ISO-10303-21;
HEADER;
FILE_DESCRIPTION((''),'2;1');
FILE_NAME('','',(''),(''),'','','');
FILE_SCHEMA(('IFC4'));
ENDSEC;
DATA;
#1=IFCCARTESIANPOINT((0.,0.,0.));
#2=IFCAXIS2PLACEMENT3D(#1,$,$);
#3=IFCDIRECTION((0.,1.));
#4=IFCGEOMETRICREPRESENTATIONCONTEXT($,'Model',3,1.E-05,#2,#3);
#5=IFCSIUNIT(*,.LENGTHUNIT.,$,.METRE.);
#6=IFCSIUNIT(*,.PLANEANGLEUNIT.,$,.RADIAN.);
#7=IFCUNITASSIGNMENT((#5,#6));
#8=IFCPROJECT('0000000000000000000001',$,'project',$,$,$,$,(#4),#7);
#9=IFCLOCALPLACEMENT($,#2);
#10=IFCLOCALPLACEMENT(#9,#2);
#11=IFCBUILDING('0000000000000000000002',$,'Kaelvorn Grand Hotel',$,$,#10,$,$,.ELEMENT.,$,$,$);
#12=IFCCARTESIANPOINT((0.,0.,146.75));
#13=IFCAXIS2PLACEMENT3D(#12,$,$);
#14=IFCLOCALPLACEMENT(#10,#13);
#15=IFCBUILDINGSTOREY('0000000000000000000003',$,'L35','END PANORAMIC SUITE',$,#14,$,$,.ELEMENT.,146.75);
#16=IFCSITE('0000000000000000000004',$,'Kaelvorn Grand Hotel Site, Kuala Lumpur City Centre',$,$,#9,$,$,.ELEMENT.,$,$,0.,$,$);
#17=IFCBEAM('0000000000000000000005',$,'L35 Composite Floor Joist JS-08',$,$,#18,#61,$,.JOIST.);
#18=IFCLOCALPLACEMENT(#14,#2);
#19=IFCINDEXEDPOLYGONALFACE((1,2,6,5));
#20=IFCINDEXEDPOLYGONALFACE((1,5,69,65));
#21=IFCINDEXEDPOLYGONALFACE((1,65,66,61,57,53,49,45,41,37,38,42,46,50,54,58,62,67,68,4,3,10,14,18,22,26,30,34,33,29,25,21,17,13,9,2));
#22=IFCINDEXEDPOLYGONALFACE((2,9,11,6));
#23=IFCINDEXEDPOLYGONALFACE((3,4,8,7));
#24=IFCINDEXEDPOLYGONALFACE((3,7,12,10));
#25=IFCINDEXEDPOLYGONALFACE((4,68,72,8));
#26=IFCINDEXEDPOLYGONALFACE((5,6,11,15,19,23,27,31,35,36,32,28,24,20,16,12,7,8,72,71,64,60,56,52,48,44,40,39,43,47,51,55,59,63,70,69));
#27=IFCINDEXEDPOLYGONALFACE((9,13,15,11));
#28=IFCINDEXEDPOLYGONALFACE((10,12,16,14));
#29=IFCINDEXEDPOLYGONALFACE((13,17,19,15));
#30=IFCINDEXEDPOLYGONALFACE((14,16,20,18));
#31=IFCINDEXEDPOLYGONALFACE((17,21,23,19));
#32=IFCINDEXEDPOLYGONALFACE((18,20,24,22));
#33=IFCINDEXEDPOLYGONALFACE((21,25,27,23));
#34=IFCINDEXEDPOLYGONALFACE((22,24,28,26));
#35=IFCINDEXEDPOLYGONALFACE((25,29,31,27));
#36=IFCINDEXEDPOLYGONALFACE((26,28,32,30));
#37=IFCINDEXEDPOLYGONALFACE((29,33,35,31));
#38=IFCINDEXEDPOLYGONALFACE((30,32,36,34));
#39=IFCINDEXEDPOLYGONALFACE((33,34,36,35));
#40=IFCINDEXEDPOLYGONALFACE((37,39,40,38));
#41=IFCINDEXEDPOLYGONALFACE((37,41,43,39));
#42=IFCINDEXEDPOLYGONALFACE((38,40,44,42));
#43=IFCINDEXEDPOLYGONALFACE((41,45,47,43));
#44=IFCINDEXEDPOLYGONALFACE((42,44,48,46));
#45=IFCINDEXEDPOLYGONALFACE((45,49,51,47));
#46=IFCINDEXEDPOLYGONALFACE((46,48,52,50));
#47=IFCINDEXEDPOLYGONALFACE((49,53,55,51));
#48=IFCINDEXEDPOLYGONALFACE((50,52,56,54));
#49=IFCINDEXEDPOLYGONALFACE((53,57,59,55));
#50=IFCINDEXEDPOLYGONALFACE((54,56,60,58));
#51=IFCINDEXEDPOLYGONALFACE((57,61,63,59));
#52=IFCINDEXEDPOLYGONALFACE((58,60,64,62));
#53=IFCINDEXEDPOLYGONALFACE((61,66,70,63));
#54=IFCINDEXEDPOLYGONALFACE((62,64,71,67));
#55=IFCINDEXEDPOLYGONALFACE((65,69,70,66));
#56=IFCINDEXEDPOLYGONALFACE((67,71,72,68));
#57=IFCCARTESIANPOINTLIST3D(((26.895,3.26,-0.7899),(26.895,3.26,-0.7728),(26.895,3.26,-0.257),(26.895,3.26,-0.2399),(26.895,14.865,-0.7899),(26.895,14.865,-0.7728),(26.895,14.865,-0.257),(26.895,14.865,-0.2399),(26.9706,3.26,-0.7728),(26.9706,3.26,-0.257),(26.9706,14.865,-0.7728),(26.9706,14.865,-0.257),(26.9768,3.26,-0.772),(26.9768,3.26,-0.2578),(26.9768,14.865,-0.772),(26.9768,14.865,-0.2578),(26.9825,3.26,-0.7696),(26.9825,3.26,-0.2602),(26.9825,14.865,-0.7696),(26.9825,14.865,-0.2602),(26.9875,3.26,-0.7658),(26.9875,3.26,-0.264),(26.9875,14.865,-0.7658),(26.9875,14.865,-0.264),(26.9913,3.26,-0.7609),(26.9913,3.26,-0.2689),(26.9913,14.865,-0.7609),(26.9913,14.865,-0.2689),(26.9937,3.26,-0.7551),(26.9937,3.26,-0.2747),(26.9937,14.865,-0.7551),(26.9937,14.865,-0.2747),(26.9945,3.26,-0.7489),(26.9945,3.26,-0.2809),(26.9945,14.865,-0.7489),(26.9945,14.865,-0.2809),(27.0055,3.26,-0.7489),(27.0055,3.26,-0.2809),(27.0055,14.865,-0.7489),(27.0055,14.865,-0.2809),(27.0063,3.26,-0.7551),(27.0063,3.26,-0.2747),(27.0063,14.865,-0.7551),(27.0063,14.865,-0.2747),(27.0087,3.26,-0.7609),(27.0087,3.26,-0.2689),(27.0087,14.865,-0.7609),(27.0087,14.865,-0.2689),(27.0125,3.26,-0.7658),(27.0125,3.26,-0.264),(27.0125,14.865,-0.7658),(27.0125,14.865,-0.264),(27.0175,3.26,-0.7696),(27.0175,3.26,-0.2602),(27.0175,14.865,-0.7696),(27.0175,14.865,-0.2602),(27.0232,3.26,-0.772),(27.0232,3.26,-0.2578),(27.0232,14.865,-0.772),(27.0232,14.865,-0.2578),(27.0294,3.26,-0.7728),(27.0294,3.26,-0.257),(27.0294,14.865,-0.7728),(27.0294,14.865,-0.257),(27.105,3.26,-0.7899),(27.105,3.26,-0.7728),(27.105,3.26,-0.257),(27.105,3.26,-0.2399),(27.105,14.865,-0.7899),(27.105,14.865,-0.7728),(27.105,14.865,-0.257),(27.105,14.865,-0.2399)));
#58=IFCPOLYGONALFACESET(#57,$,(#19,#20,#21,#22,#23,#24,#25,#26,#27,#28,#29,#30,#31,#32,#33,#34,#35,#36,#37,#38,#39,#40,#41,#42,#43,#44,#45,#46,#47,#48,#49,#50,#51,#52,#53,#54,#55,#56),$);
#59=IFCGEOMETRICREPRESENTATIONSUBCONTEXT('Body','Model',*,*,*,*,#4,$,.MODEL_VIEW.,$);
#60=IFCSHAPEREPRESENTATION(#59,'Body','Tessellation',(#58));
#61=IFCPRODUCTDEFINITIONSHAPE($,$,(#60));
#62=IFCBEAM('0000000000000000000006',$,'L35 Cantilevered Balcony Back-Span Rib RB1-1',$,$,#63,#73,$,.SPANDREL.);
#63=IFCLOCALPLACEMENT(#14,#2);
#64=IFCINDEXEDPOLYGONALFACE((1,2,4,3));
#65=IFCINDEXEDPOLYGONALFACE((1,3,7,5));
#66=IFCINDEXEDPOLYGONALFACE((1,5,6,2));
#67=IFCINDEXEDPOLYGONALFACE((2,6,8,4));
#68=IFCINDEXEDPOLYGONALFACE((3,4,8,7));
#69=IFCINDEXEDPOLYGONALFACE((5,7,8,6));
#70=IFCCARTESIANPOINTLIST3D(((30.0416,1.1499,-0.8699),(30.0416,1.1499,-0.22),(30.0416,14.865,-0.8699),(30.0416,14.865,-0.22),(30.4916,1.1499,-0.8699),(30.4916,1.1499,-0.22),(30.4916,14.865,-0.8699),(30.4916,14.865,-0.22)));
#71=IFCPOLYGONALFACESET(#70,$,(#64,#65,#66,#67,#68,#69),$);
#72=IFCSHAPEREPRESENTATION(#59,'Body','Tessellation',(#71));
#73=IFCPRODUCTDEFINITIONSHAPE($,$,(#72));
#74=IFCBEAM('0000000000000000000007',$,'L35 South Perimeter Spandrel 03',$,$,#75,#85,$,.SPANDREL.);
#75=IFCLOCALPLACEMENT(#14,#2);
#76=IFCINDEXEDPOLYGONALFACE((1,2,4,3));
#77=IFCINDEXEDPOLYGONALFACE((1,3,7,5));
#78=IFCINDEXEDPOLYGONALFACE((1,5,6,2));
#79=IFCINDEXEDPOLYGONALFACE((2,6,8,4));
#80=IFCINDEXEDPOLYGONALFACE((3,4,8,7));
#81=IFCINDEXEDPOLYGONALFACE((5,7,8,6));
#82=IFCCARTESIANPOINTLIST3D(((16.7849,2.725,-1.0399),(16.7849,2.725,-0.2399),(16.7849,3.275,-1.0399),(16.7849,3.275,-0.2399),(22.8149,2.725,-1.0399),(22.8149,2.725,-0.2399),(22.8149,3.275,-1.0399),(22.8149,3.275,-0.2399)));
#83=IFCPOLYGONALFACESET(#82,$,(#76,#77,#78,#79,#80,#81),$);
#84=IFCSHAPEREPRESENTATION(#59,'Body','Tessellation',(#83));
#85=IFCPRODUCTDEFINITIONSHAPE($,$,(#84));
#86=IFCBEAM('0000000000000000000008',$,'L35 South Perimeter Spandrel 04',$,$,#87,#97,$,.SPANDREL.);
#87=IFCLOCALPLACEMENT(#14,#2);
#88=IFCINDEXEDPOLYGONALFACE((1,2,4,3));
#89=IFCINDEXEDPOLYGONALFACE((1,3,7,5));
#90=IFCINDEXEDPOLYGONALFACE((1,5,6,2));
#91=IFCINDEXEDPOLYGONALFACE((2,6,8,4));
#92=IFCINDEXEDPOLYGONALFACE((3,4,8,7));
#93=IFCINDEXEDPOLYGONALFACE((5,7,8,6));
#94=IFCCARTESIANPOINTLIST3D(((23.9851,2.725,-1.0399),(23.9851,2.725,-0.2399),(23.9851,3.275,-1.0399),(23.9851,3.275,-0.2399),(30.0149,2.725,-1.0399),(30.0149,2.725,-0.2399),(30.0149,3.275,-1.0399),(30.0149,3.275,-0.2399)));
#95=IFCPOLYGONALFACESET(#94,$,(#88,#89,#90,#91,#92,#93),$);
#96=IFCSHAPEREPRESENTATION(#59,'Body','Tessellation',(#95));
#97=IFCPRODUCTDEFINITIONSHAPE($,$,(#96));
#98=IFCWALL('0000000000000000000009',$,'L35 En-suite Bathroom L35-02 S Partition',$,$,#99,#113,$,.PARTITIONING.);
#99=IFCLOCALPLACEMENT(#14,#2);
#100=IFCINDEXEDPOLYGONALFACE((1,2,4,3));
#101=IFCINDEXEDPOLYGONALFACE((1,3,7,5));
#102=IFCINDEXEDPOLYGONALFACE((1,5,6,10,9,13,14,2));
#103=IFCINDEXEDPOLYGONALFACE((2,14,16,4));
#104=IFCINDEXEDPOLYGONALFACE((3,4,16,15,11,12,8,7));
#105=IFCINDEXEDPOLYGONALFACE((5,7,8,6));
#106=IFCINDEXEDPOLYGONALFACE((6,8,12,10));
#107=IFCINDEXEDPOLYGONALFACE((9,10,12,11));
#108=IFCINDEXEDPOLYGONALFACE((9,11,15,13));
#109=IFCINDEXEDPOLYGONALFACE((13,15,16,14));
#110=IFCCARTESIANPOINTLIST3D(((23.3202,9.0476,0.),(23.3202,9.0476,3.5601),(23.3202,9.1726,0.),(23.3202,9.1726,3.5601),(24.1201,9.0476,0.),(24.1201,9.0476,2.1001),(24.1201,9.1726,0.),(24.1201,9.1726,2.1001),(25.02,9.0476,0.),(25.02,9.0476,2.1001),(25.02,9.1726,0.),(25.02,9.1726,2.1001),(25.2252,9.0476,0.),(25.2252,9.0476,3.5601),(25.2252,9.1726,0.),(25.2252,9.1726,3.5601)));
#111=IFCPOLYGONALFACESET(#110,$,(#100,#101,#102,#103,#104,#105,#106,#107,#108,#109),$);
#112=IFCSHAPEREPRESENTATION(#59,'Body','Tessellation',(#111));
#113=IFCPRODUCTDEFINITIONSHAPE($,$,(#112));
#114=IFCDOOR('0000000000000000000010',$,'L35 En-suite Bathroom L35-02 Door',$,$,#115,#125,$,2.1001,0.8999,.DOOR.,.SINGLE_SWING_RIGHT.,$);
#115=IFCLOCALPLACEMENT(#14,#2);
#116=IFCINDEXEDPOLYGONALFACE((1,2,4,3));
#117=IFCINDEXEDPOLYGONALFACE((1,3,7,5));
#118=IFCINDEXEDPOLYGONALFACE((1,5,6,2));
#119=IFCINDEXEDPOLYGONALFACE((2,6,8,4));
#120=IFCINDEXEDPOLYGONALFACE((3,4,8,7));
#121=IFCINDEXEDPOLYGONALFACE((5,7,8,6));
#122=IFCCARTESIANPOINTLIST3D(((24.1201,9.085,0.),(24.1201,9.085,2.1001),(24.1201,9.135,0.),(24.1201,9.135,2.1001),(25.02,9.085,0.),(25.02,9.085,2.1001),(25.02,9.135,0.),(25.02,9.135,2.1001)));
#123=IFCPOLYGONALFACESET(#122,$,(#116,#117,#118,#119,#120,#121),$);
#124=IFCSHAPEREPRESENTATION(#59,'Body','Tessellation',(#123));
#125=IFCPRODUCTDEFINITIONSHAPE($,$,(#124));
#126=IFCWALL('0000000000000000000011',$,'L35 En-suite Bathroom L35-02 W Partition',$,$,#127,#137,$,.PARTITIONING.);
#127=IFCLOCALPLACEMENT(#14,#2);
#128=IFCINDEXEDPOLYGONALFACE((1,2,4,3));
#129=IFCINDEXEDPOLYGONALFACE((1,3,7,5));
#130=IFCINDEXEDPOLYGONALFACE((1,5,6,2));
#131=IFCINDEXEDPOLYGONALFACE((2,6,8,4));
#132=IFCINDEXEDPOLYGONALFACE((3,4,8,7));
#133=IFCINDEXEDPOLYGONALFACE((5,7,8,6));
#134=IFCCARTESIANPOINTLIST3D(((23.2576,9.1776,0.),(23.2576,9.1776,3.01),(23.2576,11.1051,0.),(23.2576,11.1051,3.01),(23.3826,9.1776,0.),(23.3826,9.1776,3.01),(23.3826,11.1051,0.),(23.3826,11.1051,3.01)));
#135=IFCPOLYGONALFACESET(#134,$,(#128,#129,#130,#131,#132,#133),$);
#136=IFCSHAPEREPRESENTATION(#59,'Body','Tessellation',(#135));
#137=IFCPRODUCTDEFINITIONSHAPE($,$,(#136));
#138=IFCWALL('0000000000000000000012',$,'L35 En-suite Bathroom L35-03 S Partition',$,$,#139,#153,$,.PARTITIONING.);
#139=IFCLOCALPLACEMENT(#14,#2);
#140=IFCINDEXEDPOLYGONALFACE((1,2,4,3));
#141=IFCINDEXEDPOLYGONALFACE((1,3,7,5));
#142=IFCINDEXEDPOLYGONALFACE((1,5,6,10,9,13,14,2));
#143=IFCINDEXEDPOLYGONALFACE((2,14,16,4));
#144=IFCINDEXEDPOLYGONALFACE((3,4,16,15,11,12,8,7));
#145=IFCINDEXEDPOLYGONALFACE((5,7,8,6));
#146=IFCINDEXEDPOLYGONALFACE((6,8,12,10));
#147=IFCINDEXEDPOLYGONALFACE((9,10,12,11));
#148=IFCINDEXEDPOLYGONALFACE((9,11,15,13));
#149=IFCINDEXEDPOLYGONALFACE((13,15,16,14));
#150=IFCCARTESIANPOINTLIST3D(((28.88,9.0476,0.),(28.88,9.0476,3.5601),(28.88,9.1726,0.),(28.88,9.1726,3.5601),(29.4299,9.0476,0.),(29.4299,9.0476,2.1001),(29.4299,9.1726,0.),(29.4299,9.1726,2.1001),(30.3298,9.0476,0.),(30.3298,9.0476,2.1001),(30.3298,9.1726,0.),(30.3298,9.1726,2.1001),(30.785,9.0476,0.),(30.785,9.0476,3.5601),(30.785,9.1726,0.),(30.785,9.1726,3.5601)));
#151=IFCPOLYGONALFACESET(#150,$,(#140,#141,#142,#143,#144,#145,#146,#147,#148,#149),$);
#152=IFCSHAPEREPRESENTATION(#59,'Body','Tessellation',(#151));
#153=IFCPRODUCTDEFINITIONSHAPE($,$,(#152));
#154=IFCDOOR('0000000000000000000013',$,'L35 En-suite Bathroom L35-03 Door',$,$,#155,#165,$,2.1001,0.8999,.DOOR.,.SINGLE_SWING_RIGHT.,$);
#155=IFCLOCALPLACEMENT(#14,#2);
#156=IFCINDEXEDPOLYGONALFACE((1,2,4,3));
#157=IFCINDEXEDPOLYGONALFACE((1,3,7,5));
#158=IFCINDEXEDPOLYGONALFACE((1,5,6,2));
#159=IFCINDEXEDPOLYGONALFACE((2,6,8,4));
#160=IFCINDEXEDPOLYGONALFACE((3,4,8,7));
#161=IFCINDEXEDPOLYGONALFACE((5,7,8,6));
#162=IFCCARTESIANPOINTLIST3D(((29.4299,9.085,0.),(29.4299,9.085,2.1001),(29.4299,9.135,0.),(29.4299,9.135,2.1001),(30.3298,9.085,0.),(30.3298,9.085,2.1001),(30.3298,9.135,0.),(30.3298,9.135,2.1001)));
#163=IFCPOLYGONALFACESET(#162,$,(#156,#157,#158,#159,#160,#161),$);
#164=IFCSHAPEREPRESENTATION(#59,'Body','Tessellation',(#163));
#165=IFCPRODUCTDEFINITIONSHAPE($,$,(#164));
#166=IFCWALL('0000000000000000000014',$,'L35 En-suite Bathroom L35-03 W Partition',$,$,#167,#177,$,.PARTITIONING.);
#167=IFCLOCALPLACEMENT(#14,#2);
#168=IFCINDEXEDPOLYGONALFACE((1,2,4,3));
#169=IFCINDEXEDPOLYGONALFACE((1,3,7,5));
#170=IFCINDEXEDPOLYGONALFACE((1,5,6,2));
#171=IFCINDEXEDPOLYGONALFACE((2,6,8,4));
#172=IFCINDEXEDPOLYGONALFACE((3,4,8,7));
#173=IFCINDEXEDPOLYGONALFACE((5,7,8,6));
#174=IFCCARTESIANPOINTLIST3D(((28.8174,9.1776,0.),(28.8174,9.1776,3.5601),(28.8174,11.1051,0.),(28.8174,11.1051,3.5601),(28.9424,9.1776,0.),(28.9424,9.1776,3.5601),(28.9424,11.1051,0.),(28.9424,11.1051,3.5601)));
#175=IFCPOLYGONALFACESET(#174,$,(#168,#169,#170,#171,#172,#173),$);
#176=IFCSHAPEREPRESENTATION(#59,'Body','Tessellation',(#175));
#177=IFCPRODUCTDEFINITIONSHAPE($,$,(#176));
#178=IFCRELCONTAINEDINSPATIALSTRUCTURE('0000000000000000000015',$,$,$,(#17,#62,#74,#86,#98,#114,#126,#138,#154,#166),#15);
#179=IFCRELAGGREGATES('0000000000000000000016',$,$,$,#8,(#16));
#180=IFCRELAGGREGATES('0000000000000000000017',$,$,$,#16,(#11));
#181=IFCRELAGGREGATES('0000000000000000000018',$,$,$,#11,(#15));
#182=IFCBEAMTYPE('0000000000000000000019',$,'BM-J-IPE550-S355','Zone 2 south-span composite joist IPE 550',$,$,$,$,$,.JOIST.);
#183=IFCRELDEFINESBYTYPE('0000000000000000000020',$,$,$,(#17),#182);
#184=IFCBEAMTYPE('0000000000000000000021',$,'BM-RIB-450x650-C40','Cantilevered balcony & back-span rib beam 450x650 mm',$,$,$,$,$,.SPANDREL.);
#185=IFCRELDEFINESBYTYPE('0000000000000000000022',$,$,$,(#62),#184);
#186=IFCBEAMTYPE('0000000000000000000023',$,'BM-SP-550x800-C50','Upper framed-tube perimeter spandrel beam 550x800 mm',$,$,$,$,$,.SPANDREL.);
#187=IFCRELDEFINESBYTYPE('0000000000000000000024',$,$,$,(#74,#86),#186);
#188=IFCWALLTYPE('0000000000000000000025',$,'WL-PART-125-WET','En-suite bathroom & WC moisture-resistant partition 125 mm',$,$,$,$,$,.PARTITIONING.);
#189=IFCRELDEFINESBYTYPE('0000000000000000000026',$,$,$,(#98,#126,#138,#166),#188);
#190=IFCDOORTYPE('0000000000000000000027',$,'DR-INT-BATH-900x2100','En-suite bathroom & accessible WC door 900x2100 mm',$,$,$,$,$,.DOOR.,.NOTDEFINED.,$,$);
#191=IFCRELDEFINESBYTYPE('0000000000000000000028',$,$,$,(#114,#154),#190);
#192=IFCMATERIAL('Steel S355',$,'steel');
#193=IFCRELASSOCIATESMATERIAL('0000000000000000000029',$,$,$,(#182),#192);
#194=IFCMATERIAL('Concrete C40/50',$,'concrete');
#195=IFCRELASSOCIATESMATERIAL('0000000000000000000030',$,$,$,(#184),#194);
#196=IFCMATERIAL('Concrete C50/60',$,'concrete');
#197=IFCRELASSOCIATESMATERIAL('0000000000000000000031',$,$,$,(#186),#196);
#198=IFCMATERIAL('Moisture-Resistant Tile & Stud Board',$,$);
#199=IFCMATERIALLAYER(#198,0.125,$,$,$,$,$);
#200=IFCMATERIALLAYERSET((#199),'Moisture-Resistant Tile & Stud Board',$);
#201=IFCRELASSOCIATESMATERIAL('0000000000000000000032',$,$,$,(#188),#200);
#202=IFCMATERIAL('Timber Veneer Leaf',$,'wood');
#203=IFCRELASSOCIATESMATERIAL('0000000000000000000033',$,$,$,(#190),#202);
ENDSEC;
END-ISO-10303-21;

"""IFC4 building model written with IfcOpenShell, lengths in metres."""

from ifc_helpers import new_model, si_unit, direction, frame, frame_2d, origin, origin_2d, place, context, subcontext, project, spatial, rectangle, i_section, extrude, material, layer, layer_set, material_profile, profile_set, type_object, element, fill, save


model = new_model("IFC4")

# Units and contexts
model_context = context("Model", 3, precision=1e-05, world=origin(), true_north=direction((0.0, 1.0)))
body_context = subcontext(model_context, "Body", "Model", "MODEL_VIEW")
ifc_project = project(units=[si_unit("LENGTHUNIT", "METRE"), si_unit("PLANEANGLEUNIT", "RADIAN")], contexts=[model_context])

# Site, building, storey
site_placement = place(None, origin())
site = spatial("IfcSite", under=ifc_project, at=site_placement, Name="Kaelvorn Grand Hotel Site, Kuala Lumpur City Centre", CompositionType="ELEMENT", RefElevation=0.0)
building_placement = place(site_placement, origin())
building = spatial("IfcBuilding", under=site, at=building_placement, Name="Kaelvorn Grand Hotel", CompositionType="ELEMENT")
storey_placement = place(building_placement, frame((0.0, 0.0, 146.75)))
storey = spatial("IfcBuildingStorey", under=building, at=storey_placement, Name="L35", Description="END PANORAMIC SUITE", CompositionType="ELEMENT", Elevation=146.75)

# Beams
ifc_material_1 = material(Name="Steel S355", Category="steel")
ifc_material_profile_1 = material_profile(ifc_material_1, i_section(OverallWidth=0.21, OverallDepth=0.55, WebThickness=0.011, FlangeThickness=0.0171, FilletRadius=0.0239, at=origin_2d()), Name="IPE 550")
ifc_profile_set_1 = profile_set([ifc_material_profile_1], Name="Steel S355")
beam_type_1 = type_object("IfcBeamType", Name="BM-J-IPE550-S355", Description="Zone 2 south-span composite joist IPE 550", PredefinedType="JOIST", material=ifc_profile_set_1)
beam_1_placement = place(storey_placement, frame((27.0, 3.26, -0.5149), z_axis=(0.0, 1.0, 0.0), x_axis=(-1.0, 0.0, 0.0)))
element("IfcBeam", 1, at=beam_1_placement, inside=storey, type_object=beam_type_1, Name="L35 Composite Floor Joist JS-08", PredefinedType="JOIST", context=body_context, shape_type="SweptSolid", body=[
    extrude(i_section(OverallWidth=0.21, OverallDepth=0.55, WebThickness=0.011, FlangeThickness=0.0171, FilletRadius=0.0239, at=origin_2d()), origin(), (0.0, 0.0, 1.0), 11.605),
])
ifc_material_2 = material(Name="Concrete C40/50", Category="concrete")
ifc_material_profile_2 = material_profile(ifc_material_2, rectangle(XDim=0.45, YDim=0.6499, at=origin_2d()), Name="RC RIB 450x650")
ifc_profile_set_2 = profile_set([ifc_material_profile_2], Name="Concrete C40/50")
beam_type_2 = type_object("IfcBeamType", Name="BM-RIB-450x650-C40", Description="Cantilevered balcony & back-span rib beam 450x650 mm", PredefinedType="SPANDREL", material=ifc_profile_set_2)
beam_2_placement = place(storey_placement, frame((30.2666, 1.1499, -0.5449), z_axis=(0.0, 1.0, 0.0), x_axis=(-1.0, 0.0, 0.0)))
element("IfcBeam", 2, at=beam_2_placement, inside=storey, type_object=beam_type_2, Name="L35 Cantilevered Balcony Back-Span Rib RB1-1", PredefinedType="SPANDREL", context=body_context, shape_type="SweptSolid", body=[
    extrude(rectangle(XDim=0.45, YDim=0.6499, at=origin_2d()), origin(), (0.0, 0.0, 1.0), 13.7151),
])
ifc_material_3 = material(Name="Concrete C50/60", Category="concrete")
ifc_material_profile_3 = material_profile(ifc_material_3, rectangle(XDim=0.55, YDim=0.8, at=origin_2d()), Name="RC SPANDREL 550x800")
ifc_profile_set_3 = profile_set([ifc_material_profile_3], Name="Concrete C50/60")
beam_type_3 = type_object("IfcBeamType", Name="BM-SP-550x800-C50", Description="Upper framed-tube perimeter spandrel beam 550x800 mm", PredefinedType="SPANDREL", material=ifc_profile_set_3)
beam_3_placement = place(storey_placement, frame((16.7849, 3.0, -0.6399), z_axis=(1.0, 0.0, 0.0), x_axis=(0.0, 1.0, 0.0)))
element("IfcBeam", 3, at=beam_3_placement, inside=storey, type_object=beam_type_3, Name="L35 South Perimeter Spandrel 03", PredefinedType="SPANDREL", context=body_context, shape_type="SweptSolid", body=[
    extrude(rectangle(XDim=0.55, YDim=0.8, at=origin_2d()), origin(), (0.0, 0.0, 1.0), 6.03),
])
beam_4_placement = place(storey_placement, frame((23.9851, 3.0, -0.6399), z_axis=(1.0, 0.0, 0.0), x_axis=(0.0, 1.0, 0.0)))
element("IfcBeam", 4, at=beam_4_placement, inside=storey, type_object=beam_type_3, Name="L35 South Perimeter Spandrel 04", PredefinedType="SPANDREL", context=body_context, shape_type="SweptSolid", body=[
    extrude(rectangle(XDim=0.55, YDim=0.8, at=origin_2d()), origin(), (0.0, 0.0, 1.0), 6.0298),
])

# Wall, opening, door
ifc_material_4 = material(Name="Moisture-Resistant Tile & Stud Board")
ifc_layer_1 = layer(ifc_material_4, 0.125)
ifc_layer_set_1 = layer_set([ifc_layer_1], Name="Moisture-Resistant Tile & Stud Board")
wall_type_1 = type_object("IfcWallType", Name="WL-PART-125-WET", Description="En-suite bathroom & WC moisture-resistant partition 125 mm", PredefinedType="PARTITIONING", material=ifc_layer_set_1)
wall_1_placement = place(storey_placement, frame((23.3201, 9.1101, 0.0), z_axis=(0.0, 0.0, 1.0), x_axis=(1.0, 0.0, 0.0)))
wall_1 = element("IfcWall", 5, at=wall_1_placement, inside=storey, type_object=wall_type_1, Name="L35 En-suite Bathroom L35-02 S Partition", PredefinedType="PARTITIONING", context=body_context, shape_type="SweptSolid", body=[
    extrude(rectangle(XDim=1.905, YDim=0.125, at=frame_2d((0.9526, 0.0))), origin(), (0.0, 0.0, 1.0), 3.5601),
])
opening_1_placement = place(wall_1_placement, frame((0.8, 0.0, 0.0)))
opening_1 = element("IfcOpeningElement", 6, at=opening_1_placement, cuts=wall_1, PredefinedType="OPENING", context=body_context, shape_type="SweptSolid", body=[
    extrude(rectangle(XDim=0.8999, YDim=2.1001, at=frame_2d((0.45, 1.05))), frame((0.0, 0.0725, 0.0), z_axis=(0.0, -1.0, 0.0), x_axis=(1.0, 0.0, 0.0)), (0.0, 0.0, 1.0), 0.145),
])
ifc_material_5 = material(Name="Timber Veneer Leaf", Category="wood")
door_type_1 = type_object("IfcDoorType", Name="DR-INT-BATH-900x2100", Description="En-suite bathroom & accessible WC door 900x2100 mm", OperationType="NOTDEFINED", PredefinedType="DOOR", material=ifc_material_5)
door_1_placement = place(opening_1_placement, origin())
door_1 = element("IfcDoor", 7, at=door_1_placement, inside=storey, type_object=door_type_1, Name="L35 En-suite Bathroom L35-02 Door", OperationType="SINGLE_SWING_RIGHT", OverallHeight=2.1001, OverallWidth=0.8999, PredefinedType="DOOR", context=body_context, shape_type="SweptSolid", body=[
    extrude(rectangle(XDim=0.8999, YDim=2.1001, at=frame_2d((0.45, 1.05))), frame((0.0, 0.0249, 0.0), z_axis=(0.0, -1.0, 0.0), x_axis=(1.0, 0.0, 0.0)), (0.0, 0.0, 1.0), 0.05),
])
fill(opening_1, door_1)

# Wall
wall_2_placement = place(storey_placement, frame((23.3201, 9.1775, 0.0), z_axis=(0.0, 0.0, 1.0), x_axis=(0.0, 1.0, 0.0)))
element("IfcWall", 8, at=wall_2_placement, inside=storey, type_object=wall_type_1, Name="L35 En-suite Bathroom L35-02 W Partition", PredefinedType="PARTITIONING", context=body_context, shape_type="SweptSolid", body=[
    extrude(rectangle(XDim=1.9275, YDim=0.125, at=frame_2d((0.9639, 0.0))), origin(), (0.0, 0.0, 1.0), 3.01),
])

# Wall, opening, door
wall_3_placement = place(storey_placement, frame((28.8799, 9.1101, 0.0), z_axis=(0.0, 0.0, 1.0), x_axis=(1.0, 0.0, 0.0)))
wall_3 = element("IfcWall", 9, at=wall_3_placement, inside=storey, type_object=wall_type_1, Name="L35 En-suite Bathroom L35-03 S Partition", PredefinedType="PARTITIONING", context=body_context, shape_type="SweptSolid", body=[
    extrude(rectangle(XDim=1.905, YDim=0.125, at=frame_2d((0.9526, 0.0))), origin(), (0.0, 0.0, 1.0), 3.5601),
])
opening_2_placement = place(wall_3_placement, frame((0.55, 0.0, 0.0)))
opening_2 = element("IfcOpeningElement", 10, at=opening_2_placement, cuts=wall_3, PredefinedType="OPENING", context=body_context, shape_type="SweptSolid", body=[
    extrude(rectangle(XDim=0.8999, YDim=2.1001, at=frame_2d((0.45, 1.05))), frame((0.0, 0.0725, 0.0), z_axis=(0.0, -1.0, 0.0), x_axis=(1.0, 0.0, 0.0)), (0.0, 0.0, 1.0), 0.145),
])
door_2_placement = place(opening_2_placement, origin())
door_2 = element("IfcDoor", 11, at=door_2_placement, inside=storey, type_object=door_type_1, Name="L35 En-suite Bathroom L35-03 Door", OperationType="SINGLE_SWING_RIGHT", OverallHeight=2.1001, OverallWidth=0.8999, PredefinedType="DOOR", context=body_context, shape_type="SweptSolid", body=[
    extrude(rectangle(XDim=0.8999, YDim=2.1001, at=frame_2d((0.45, 1.05))), frame((0.0, 0.0249, 0.0), z_axis=(0.0, -1.0, 0.0), x_axis=(1.0, 0.0, 0.0)), (0.0, 0.0, 1.0), 0.05),
])
fill(opening_2, door_2)

# Wall
wall_4_placement = place(storey_placement, frame((28.8799, 9.1775, 0.0), z_axis=(0.0, 0.0, 1.0), x_axis=(0.0, 1.0, 0.0)))
element("IfcWall", 12, at=wall_4_placement, inside=storey, type_object=wall_type_1, Name="L35 En-suite Bathroom L35-03 W Partition", PredefinedType="PARTITIONING", context=body_context, shape_type="SweptSolid", body=[
    extrude(rectangle(XDim=1.9275, YDim=0.125, at=frame_2d((0.9639, 0.0))), origin(), (0.0, 0.0, 1.0), 3.5601),
])

save(model, "model.ifc")
